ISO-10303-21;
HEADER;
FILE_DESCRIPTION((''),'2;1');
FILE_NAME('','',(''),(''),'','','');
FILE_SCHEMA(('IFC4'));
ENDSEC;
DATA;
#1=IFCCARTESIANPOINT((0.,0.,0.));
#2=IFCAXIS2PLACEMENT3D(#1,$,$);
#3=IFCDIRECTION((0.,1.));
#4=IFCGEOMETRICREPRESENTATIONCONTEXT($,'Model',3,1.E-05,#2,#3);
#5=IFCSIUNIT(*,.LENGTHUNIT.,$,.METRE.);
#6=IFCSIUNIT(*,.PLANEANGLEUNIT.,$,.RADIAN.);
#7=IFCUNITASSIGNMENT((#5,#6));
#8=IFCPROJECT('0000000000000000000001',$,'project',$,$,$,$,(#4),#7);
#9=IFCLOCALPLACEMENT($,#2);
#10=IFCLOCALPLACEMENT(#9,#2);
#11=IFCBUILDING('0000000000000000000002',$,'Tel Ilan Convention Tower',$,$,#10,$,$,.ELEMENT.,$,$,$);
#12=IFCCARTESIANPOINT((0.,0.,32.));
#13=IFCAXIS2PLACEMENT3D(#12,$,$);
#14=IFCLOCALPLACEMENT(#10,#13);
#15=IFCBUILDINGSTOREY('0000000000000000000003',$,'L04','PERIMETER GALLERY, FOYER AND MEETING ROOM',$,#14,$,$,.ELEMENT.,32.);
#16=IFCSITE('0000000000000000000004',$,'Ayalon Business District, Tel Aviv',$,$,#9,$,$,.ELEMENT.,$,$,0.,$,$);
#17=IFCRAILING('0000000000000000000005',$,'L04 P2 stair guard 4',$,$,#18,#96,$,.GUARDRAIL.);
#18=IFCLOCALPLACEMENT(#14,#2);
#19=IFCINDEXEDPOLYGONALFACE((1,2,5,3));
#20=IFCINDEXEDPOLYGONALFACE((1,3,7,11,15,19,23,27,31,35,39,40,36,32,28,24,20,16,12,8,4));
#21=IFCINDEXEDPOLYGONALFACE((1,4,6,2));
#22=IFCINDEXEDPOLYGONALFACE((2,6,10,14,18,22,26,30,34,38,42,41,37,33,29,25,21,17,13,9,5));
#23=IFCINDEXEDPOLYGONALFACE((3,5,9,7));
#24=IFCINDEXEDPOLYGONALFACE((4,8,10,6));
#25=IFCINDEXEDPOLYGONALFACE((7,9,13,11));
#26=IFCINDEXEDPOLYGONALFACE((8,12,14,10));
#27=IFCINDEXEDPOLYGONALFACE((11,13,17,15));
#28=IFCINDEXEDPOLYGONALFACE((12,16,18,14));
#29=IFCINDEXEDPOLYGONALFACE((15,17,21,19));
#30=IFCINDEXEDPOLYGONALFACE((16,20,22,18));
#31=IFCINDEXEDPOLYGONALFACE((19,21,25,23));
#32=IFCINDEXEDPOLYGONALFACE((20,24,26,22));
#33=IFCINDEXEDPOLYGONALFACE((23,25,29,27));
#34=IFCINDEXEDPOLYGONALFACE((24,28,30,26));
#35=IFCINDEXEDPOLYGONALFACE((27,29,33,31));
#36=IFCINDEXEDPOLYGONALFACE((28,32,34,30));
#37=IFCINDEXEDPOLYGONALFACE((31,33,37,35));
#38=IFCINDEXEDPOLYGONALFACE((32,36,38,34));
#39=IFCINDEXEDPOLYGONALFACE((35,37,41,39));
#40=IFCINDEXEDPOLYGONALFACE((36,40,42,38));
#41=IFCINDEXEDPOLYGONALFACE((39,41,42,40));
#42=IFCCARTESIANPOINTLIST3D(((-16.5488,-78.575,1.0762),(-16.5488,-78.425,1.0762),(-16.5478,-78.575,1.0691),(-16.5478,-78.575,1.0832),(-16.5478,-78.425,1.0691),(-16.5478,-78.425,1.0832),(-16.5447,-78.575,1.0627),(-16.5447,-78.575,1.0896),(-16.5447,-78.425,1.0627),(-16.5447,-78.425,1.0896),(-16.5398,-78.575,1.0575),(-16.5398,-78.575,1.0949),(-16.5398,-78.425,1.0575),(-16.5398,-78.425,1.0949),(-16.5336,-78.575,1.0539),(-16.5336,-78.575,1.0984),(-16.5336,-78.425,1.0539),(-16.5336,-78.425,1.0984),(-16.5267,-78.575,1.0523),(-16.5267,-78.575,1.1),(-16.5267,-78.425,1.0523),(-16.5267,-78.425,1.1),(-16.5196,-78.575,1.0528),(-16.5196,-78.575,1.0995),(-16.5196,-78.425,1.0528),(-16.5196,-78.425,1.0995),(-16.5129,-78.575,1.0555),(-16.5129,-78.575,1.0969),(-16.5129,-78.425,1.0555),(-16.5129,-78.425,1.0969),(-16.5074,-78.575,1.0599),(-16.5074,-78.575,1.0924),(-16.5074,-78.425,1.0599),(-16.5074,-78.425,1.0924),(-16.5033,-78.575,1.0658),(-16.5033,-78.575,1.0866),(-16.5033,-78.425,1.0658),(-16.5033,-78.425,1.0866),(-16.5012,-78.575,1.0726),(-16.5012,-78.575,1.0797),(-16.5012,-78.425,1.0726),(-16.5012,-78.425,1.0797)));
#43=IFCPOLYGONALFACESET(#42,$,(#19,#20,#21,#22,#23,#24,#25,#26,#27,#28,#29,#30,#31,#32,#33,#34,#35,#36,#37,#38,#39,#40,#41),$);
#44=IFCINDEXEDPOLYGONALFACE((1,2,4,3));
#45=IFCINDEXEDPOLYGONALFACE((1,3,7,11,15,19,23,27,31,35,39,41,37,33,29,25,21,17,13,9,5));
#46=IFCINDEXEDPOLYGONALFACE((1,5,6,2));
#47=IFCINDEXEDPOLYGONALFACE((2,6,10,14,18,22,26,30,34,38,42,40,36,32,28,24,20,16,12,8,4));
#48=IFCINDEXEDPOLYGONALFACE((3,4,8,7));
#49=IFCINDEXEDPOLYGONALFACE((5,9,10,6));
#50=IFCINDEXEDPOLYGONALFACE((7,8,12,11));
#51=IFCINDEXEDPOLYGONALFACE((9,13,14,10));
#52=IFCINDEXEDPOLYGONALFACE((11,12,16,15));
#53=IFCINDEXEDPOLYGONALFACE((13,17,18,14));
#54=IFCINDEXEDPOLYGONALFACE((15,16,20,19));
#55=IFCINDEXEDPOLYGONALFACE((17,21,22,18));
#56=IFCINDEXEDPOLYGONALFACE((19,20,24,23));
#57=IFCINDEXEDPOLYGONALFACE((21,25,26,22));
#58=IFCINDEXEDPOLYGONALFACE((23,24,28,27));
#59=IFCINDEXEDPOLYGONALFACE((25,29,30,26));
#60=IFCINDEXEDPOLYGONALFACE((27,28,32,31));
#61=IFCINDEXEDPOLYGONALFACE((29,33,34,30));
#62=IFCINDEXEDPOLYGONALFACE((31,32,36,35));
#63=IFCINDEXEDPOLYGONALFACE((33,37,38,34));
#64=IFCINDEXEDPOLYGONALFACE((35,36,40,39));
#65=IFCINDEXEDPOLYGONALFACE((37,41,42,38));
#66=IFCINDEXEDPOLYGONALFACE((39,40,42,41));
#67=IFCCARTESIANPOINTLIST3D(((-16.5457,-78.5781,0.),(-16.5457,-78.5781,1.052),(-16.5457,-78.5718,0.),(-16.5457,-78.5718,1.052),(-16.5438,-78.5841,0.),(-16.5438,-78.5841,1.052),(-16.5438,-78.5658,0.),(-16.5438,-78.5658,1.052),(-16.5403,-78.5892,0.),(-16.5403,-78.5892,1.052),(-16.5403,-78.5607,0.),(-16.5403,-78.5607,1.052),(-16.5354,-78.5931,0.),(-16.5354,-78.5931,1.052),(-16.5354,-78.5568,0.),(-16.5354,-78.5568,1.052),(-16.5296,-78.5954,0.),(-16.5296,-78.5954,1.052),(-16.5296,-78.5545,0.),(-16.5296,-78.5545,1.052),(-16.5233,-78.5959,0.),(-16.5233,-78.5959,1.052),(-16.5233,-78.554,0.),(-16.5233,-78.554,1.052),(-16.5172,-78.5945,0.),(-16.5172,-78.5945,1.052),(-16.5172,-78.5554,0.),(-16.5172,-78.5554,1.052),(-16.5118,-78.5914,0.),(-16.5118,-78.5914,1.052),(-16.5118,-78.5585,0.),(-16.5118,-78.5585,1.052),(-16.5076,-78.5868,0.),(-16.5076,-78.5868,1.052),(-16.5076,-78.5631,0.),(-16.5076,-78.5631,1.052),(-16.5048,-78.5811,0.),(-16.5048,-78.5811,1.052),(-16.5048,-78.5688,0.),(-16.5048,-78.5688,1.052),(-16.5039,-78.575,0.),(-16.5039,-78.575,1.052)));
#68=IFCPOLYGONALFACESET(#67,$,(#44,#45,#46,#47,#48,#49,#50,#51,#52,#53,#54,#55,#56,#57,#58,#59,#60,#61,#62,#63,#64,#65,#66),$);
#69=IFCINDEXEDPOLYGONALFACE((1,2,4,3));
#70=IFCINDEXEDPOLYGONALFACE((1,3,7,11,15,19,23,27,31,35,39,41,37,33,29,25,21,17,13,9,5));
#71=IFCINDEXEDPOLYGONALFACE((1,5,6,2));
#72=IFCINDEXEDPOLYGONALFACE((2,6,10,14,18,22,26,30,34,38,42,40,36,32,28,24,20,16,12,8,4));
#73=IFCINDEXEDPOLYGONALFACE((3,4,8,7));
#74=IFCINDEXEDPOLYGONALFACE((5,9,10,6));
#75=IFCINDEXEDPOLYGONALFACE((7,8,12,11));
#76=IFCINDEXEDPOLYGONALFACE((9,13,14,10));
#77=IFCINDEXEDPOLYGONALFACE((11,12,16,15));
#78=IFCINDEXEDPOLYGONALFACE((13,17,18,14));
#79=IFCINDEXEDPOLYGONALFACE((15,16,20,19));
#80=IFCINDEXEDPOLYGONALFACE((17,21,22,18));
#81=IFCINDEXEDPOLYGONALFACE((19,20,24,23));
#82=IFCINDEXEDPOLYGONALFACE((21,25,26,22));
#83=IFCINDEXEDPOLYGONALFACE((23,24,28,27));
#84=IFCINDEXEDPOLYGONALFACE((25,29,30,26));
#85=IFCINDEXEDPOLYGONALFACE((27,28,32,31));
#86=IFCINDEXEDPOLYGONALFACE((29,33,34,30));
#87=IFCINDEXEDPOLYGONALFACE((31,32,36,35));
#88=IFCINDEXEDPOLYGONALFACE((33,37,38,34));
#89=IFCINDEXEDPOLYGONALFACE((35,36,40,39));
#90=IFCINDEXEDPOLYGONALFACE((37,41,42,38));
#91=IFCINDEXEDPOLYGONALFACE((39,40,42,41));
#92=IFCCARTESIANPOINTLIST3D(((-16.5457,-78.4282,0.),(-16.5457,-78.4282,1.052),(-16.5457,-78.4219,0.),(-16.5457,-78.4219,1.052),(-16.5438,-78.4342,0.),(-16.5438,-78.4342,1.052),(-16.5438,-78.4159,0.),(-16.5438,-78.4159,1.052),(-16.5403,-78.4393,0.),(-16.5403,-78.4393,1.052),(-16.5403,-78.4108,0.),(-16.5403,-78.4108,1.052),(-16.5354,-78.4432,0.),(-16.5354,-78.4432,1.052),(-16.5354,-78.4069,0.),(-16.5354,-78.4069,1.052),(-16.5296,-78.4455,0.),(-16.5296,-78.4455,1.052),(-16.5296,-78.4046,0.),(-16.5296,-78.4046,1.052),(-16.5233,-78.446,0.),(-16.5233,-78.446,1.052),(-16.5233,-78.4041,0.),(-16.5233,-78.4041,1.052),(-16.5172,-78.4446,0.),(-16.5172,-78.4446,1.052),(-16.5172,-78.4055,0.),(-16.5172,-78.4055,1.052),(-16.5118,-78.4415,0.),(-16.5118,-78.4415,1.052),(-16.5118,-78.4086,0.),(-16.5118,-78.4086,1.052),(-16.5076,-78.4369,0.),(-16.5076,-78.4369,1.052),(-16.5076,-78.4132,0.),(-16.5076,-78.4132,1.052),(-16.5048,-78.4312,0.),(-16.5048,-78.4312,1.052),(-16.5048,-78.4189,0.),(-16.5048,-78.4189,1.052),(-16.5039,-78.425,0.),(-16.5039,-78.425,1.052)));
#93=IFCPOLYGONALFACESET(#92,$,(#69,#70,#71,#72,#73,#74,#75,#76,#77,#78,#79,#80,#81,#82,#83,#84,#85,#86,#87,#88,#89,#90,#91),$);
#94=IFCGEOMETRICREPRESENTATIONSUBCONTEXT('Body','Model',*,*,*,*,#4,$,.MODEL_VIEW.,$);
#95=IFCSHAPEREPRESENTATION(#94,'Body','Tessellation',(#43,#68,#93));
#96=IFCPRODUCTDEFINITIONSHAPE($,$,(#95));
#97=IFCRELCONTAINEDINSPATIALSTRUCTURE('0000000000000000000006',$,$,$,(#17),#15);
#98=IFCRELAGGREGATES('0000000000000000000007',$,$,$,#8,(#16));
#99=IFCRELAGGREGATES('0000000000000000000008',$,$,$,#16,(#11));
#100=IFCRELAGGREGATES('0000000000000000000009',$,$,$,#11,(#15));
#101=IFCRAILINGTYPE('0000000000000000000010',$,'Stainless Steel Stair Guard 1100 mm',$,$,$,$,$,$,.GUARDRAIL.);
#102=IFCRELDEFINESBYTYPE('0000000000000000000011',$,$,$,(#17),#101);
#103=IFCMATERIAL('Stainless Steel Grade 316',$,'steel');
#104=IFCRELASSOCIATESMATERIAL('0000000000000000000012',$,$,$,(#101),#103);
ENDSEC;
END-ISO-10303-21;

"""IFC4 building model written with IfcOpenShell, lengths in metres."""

from ifc_helpers import new_model, si_unit, direction, frame, origin, origin_2d, place, context, subcontext, project, spatial, circle, extrude, material, type_object, element, save


model = new_model("IFC4")

# Units and contexts
model_context = context("Model", 3, precision=1e-05, world=origin(), true_north=direction((0.0, 1.0)))
body_context = subcontext(model_context, "Body", "Model", "MODEL_VIEW")
ifc_project = project(units=[si_unit("LENGTHUNIT", "METRE"), si_unit("PLANEANGLEUNIT", "RADIAN")], contexts=[model_context])

# Site, building, storey
site_placement = place(None, origin())
site = spatial("IfcSite", under=ifc_project, at=site_placement, Name="Ayalon Business District, Tel Aviv", CompositionType="ELEMENT", RefElevation=0.0)
building_placement = place(site_placement, origin())
building = spatial("IfcBuilding", under=site, at=building_placement, Name="Tel Ilan Convention Tower", CompositionType="ELEMENT")
storey_placement = place(building_placement, frame((0.0, 0.0, 32.0)))
storey = spatial("IfcBuildingStorey", under=building, at=storey_placement, Name="L04", Description="PERIMETER GALLERY, FOYER AND MEETING ROOM", CompositionType="ELEMENT", Elevation=32.0)

# Railing
ifc_material_1 = material(Name="Stainless Steel Grade 316", Category="steel")
railing_type_1 = type_object("IfcRailingType", Name="Stainless Steel Stair Guard 1100 mm", PredefinedType="GUARDRAIL", material=ifc_material_1)
railing_1_placement = place(storey_placement, frame((-16.5249, -78.575, 0.0)))
element("IfcRailing", 1, at=railing_1_placement, inside=storey, type_object=railing_type_1, Name="L04 P2 stair guard 4", PredefinedType="GUARDRAIL", context=body_context, shape_type="SweptSolid", body=[
    extrude(circle(Radius=0.0239, at=origin_2d()), frame((0.0, 0.0, 1.0762), z_axis=(0.0, 1.0, 0.0), x_axis=(-1.0, 0.0, 0.0)), (0.0, 0.0, 1.0), 0.1499),
    extrude(circle(Radius=0.021, at=origin_2d()), origin(), (0.0, 0.0, 1.0), 1.052),
    extrude(circle(Radius=0.021, at=origin_2d()), frame((0.0, 0.1499, 0.0)), (0.0, 0.0, 1.0), 1.052),
])

save(model, "model.ifc")
